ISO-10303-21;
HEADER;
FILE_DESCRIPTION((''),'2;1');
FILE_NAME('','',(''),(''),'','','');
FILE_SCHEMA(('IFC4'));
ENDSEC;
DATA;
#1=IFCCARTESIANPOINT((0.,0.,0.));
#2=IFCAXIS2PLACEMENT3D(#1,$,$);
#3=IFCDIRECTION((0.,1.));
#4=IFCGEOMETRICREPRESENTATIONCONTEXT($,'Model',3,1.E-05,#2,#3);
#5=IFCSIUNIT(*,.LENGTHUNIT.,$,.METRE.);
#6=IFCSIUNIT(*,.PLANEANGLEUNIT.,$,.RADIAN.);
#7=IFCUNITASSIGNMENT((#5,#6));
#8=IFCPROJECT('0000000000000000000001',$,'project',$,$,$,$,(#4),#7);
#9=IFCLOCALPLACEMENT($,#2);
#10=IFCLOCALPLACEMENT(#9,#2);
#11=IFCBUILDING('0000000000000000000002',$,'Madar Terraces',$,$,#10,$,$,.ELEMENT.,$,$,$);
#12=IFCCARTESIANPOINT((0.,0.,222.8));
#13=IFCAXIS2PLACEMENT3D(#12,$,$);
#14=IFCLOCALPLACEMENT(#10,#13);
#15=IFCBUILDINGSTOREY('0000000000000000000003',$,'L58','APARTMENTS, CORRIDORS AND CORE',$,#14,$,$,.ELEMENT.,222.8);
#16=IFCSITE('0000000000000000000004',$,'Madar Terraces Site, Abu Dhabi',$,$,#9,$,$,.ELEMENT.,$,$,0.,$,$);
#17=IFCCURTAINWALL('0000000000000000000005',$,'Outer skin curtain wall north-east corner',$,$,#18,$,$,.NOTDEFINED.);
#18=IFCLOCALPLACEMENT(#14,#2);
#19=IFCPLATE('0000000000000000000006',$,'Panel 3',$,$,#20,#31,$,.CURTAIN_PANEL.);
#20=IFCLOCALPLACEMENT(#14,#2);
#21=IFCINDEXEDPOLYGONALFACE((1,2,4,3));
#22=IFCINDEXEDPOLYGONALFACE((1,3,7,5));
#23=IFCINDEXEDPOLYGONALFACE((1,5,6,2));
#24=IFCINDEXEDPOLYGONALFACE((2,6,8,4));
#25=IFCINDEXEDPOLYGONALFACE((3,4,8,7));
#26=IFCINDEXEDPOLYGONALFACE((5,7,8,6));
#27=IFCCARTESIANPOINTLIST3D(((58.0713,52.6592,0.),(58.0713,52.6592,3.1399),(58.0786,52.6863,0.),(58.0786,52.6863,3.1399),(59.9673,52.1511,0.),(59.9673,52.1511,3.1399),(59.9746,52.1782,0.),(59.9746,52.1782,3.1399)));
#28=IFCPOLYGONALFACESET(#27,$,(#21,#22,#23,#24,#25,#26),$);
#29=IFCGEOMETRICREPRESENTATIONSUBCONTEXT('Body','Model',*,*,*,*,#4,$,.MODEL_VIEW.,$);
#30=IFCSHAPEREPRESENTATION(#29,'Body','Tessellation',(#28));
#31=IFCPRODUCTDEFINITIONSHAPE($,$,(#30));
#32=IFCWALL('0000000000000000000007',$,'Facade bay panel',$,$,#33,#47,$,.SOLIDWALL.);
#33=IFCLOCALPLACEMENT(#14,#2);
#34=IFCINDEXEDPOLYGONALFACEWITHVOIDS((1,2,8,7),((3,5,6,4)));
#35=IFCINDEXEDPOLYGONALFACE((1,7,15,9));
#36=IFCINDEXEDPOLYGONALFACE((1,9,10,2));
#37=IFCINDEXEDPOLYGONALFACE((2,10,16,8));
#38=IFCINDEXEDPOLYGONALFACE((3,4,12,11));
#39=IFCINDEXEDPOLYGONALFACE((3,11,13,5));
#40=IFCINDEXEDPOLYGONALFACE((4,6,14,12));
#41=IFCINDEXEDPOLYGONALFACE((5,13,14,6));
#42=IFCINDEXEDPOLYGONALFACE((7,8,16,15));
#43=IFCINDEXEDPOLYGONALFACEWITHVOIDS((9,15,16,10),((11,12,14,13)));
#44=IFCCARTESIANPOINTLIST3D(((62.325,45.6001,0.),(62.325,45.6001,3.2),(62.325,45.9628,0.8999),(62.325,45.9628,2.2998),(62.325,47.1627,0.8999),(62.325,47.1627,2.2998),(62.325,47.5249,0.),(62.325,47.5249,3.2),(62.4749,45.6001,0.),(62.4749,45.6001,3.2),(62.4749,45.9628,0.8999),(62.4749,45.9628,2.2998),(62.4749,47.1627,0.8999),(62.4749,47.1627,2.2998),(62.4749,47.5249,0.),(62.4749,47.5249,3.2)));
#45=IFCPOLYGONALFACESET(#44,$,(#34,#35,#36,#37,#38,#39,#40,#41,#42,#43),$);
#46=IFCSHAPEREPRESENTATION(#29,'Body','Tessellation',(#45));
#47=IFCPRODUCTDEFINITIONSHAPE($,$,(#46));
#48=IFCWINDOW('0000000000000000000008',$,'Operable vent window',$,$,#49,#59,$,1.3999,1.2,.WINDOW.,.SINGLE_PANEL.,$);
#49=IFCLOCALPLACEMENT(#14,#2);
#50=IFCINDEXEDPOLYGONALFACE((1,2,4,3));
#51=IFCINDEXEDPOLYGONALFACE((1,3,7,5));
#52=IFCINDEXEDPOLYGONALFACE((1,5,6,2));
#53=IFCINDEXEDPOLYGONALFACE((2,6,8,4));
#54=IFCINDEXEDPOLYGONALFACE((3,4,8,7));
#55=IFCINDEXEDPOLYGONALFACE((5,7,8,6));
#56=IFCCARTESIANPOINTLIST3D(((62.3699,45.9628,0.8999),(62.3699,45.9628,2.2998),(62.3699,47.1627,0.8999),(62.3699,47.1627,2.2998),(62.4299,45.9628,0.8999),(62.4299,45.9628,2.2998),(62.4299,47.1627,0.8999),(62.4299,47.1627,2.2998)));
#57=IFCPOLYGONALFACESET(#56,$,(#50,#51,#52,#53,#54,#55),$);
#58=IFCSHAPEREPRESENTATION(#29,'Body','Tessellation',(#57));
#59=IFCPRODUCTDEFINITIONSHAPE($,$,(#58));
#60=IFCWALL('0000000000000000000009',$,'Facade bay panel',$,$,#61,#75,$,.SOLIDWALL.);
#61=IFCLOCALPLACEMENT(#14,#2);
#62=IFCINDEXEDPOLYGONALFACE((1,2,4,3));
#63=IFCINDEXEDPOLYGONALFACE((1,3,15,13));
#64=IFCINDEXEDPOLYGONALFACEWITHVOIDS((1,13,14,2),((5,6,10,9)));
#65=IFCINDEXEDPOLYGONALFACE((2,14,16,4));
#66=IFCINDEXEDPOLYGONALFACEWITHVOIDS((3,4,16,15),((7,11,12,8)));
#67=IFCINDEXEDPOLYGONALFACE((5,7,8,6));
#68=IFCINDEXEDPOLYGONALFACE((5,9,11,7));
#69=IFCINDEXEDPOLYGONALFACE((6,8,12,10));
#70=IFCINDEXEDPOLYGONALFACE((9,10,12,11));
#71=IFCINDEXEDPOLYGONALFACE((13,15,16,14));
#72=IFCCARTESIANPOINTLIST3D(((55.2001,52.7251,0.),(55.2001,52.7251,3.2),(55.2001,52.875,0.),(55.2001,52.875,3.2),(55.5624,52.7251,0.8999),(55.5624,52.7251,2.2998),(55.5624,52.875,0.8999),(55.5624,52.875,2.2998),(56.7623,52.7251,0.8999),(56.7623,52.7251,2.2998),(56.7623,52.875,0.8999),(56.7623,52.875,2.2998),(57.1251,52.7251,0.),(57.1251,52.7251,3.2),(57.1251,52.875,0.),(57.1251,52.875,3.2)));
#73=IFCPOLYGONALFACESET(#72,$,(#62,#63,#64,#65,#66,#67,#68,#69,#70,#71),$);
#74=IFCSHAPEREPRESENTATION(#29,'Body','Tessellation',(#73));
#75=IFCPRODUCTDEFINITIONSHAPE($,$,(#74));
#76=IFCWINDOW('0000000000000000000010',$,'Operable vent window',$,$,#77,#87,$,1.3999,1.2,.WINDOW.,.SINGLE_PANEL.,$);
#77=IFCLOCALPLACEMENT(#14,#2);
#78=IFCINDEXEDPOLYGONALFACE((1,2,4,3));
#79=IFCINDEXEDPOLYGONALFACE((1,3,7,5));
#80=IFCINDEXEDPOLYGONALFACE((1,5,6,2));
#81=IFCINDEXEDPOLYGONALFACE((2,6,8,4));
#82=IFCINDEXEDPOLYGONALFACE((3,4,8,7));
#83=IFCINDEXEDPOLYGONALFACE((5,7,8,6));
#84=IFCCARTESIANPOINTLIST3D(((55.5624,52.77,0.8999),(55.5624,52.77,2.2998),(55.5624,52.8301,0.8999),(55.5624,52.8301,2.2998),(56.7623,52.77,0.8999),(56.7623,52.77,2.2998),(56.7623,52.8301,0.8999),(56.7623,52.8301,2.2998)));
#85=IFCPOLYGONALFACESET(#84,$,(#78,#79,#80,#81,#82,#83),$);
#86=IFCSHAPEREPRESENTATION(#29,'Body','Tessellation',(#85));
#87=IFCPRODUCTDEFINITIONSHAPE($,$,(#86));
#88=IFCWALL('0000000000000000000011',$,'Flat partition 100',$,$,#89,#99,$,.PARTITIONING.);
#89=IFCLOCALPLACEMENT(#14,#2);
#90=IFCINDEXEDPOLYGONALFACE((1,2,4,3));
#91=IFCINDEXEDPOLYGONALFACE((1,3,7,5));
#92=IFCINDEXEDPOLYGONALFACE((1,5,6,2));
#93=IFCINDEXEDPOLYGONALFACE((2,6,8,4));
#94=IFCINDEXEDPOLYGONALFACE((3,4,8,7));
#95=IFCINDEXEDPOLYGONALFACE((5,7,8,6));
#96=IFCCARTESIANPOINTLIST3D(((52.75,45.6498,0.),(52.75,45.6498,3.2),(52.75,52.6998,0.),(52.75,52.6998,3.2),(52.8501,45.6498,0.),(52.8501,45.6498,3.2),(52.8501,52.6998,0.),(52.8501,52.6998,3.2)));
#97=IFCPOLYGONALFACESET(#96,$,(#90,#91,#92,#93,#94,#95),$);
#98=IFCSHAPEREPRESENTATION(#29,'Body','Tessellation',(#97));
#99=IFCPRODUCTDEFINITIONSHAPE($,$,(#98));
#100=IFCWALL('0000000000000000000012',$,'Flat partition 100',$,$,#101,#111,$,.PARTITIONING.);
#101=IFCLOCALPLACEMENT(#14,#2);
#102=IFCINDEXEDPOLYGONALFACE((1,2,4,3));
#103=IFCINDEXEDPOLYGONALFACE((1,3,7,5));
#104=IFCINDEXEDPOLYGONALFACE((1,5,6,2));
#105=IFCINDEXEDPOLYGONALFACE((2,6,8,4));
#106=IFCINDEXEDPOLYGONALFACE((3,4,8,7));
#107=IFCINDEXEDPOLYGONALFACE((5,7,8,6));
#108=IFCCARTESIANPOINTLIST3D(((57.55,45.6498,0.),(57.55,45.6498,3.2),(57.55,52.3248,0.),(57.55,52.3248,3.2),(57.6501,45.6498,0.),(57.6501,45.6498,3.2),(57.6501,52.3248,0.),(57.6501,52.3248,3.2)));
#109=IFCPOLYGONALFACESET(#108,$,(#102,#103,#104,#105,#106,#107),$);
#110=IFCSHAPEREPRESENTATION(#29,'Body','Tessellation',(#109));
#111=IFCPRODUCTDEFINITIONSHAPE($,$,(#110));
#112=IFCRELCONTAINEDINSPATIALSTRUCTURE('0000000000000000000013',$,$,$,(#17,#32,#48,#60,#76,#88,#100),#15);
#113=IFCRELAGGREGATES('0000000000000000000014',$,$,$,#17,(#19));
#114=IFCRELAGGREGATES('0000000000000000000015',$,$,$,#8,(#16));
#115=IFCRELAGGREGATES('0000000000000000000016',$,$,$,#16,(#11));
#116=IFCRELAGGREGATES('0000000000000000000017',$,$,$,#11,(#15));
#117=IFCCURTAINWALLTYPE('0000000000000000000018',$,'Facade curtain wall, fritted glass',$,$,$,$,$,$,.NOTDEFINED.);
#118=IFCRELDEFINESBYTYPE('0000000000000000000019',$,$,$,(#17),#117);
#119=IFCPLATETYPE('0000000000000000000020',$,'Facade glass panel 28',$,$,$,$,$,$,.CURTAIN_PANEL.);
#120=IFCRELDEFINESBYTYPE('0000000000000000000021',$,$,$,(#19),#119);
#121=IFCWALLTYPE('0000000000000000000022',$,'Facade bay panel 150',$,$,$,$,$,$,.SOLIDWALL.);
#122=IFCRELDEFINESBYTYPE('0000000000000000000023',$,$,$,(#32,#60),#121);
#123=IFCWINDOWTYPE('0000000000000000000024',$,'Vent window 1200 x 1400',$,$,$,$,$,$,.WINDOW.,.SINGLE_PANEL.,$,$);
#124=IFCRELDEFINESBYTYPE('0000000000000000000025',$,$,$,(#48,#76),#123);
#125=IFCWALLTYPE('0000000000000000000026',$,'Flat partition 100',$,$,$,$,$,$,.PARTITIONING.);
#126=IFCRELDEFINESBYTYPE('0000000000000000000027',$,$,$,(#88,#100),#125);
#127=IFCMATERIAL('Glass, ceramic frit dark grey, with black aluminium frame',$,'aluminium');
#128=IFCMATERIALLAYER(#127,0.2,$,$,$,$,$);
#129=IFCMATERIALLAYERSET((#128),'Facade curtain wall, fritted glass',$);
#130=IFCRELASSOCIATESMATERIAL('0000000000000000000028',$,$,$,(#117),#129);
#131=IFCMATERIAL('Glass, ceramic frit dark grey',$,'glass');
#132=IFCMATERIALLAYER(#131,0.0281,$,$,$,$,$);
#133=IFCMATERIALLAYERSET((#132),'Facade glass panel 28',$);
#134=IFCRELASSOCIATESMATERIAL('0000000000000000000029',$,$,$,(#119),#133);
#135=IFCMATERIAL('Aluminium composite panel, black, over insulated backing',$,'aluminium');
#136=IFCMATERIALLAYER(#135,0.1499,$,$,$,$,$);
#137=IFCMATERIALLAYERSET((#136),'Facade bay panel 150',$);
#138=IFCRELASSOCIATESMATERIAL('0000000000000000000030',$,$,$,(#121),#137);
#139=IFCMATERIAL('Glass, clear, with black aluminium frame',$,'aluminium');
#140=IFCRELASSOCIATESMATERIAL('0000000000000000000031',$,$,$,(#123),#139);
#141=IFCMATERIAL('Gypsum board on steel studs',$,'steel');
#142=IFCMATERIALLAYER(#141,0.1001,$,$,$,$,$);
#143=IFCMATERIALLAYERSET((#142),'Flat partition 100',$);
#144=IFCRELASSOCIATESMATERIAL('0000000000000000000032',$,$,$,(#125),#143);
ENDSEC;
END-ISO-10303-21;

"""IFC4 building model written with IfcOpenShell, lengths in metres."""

from ifc_helpers import new_model, si_unit, direction, frame, frame_2d, origin, origin_2d, place, context, subcontext, project, spatial, rectangle, extrude, material, layer, layer_set, type_object, element, fill, aggregate, save


model = new_model("IFC4")

# Units and contexts
model_context = context("Model", 3, precision=1e-05, world=origin(), true_north=direction((0.0, 1.0)))
body_context = subcontext(model_context, "Body", "Model", "MODEL_VIEW")
ifc_project = project(units=[si_unit("LENGTHUNIT", "METRE"), si_unit("PLANEANGLEUNIT", "RADIAN")], contexts=[model_context])

# Site, building, storey
site_placement = place(None, origin())
site = spatial("IfcSite", under=ifc_project, at=site_placement, Name="Madar Terraces Site, Abu Dhabi", CompositionType="ELEMENT", RefElevation=0.0)
building_placement = place(site_placement, origin())
building = spatial("IfcBuilding", under=site, at=building_placement, Name="Madar Terraces", CompositionType="ELEMENT")
storey_placement = place(building_placement, frame((0.0, 0.0, 222.8)))
storey = spatial("IfcBuildingStorey", under=building, at=storey_placement, Name="L58", Description="APARTMENTS, CORRIDORS AND CORE", CompositionType="ELEMENT", Elevation=222.8)

# Shared definitions
ifc_material_1 = material(Name="Glass, ceramic frit dark grey, with black aluminium frame", Category="aluminium")
ifc_layer_1 = layer(ifc_material_1, 0.2)
ifc_layer_set_1 = layer_set([ifc_layer_1], Name="Facade curtain wall, fritted glass")
curtain_wall_type = type_object("IfcCurtainWallType", Name="Facade curtain wall, fritted glass", PredefinedType="NOTDEFINED", material=ifc_layer_set_1)

# Curtain wall
curtain_wall_1_placement = place(storey_placement, origin())
curtain_wall_1 = element("IfcCurtainWall", 1, at=curtain_wall_1_placement, inside=storey, type_object=curtain_wall_type, Name="Outer skin curtain wall north-east corner", PredefinedType="NOTDEFINED")

# Shared definitions
ifc_material_2 = material(Name="Glass, ceramic frit dark grey", Category="glass")
ifc_layer_2 = layer(ifc_material_2, 0.0281)
ifc_layer_set_2 = layer_set([ifc_layer_2], Name="Facade glass panel 28")
plate_type = type_object("IfcPlateType", Name="Facade glass panel 28", PredefinedType="CURTAIN_PANEL", material=ifc_layer_set_2)

# Plate
plate_1_placement = place(storey_placement, frame((59.0229, 52.4187, 0.0), z_axis=(0.0, 0.0, 1.0), x_axis=(-0.965926, 0.258819, 0.0)))
plate_1 = element("IfcPlate", 2, at=plate_1_placement, type_object=plate_type, Name="Panel 3", PredefinedType="CURTAIN_PANEL", context=body_context, shape_type="SweptSolid", body=[
    extrude(rectangle(XDim=1.9629, YDim=0.0281, at=origin_2d()), origin(), (0.0, 0.0, 1.0), 3.1399),
])
aggregate(curtain_wall_1, [plate_1])

# Walls, openings, windows
ifc_material_3 = material(Name="Aluminium composite panel, black, over insulated backing", Category="aluminium")
ifc_layer_3 = layer(ifc_material_3, 0.1499)
ifc_layer_set_3 = layer_set([ifc_layer_3], Name="Facade bay panel 150")
wall_type_1 = type_object("IfcWallType", Name="Facade bay panel 150", PredefinedType="SOLIDWALL", material=ifc_layer_set_3)
wall_1_placement = place(storey_placement, frame((62.3999, 45.6001, 0.0), z_axis=(0.0, 0.0, 1.0), x_axis=(0.0, 1.0, 0.0)))
wall_1 = element("IfcWall", 3, at=wall_1_placement, inside=storey, type_object=wall_type_1, Name="Facade bay panel", PredefinedType="SOLIDWALL", context=body_context, shape_type="SweptSolid", body=[
    extrude(rectangle(XDim=1.9248, YDim=0.1499, at=frame_2d((0.9624, 0.0))), origin(), (0.0, 0.0, 1.0), 3.2),
])
opening_1_placement = place(wall_1_placement, frame((0.3625, 0.0, 0.8999)))
opening_1 = element("IfcOpeningElement", 4, at=opening_1_placement, cuts=wall_1, PredefinedType="OPENING", context=body_context, shape_type="SweptSolid", body=[
    extrude(rectangle(XDim=1.2, YDim=1.3999, at=frame_2d((0.6001, 0.7))), frame((0.0, 0.085, 0.0), z_axis=(0.0, -1.0, 0.0), x_axis=(1.0, 0.0, 0.0)), (0.0, 0.0, 1.0), 0.1699),
])
ifc_material_4 = material(Name="Glass, clear, with black aluminium frame", Category="aluminium")
window_type = type_object("IfcWindowType", Name="Vent window 1200 x 1400", PartitioningType="SINGLE_PANEL", PredefinedType="WINDOW", material=ifc_material_4)
window_1_placement = place(opening_1_placement, origin())
window_1 = element("IfcWindow", 5, at=window_1_placement, inside=storey, type_object=window_type, Name="Operable vent window", OverallHeight=1.3999, OverallWidth=1.2, PartitioningType="SINGLE_PANEL", PredefinedType="WINDOW", context=body_context, shape_type="SweptSolid", body=[
    extrude(rectangle(XDim=1.2, YDim=1.3999, at=frame_2d((0.6001, 0.7))), frame((0.0, 0.03, 0.0), z_axis=(0.0, -1.0, 0.0), x_axis=(1.0, 0.0, 0.0)), (0.0, 0.0, 1.0), 0.0601),
])
fill(opening_1, window_1)
wall_2_placement = place(storey_placement, frame((57.125, 52.8, 0.0), z_axis=(0.0, 0.0, 1.0), x_axis=(-1.0, 0.0, 0.0)))
wall_2 = element("IfcWall", 6, at=wall_2_placement, inside=storey, type_object=wall_type_1, Name="Facade bay panel", PredefinedType="SOLIDWALL", context=body_context, shape_type="SweptSolid", body=[
    extrude(rectangle(XDim=1.925, YDim=0.1499, at=frame_2d((0.9624, 0.0))), origin(), (0.0, 0.0, 1.0), 3.2),
])
opening_2_placement = place(wall_2_placement, frame((0.3625, 0.0, 0.8999)))
opening_2 = element("IfcOpeningElement", 7, at=opening_2_placement, cuts=wall_2, PredefinedType="OPENING", context=body_context, shape_type="SweptSolid", body=[
    extrude(rectangle(XDim=1.2, YDim=1.3999, at=frame_2d((0.6001, 0.7))), frame((0.0, 0.085, 0.0), z_axis=(0.0, -1.0, 0.0), x_axis=(1.0, 0.0, 0.0)), (0.0, 0.0, 1.0), 0.1699),
])
window_2_placement = place(opening_2_placement, origin())
window_2 = element("IfcWindow", 8, at=window_2_placement, inside=storey, type_object=window_type, Name="Operable vent window", OverallHeight=1.3999, OverallWidth=1.2, PartitioningType="SINGLE_PANEL", PredefinedType="WINDOW", context=body_context, shape_type="SweptSolid", body=[
    extrude(rectangle(XDim=1.2, YDim=1.3999, at=frame_2d((0.6001, 0.7))), frame((0.0, 0.03, 0.0), z_axis=(0.0, -1.0, 0.0), x_axis=(1.0, 0.0, 0.0)), (0.0, 0.0, 1.0), 0.0601),
])
fill(opening_2, window_2)

# Walls
ifc_material_5 = material(Name="Gypsum board on steel studs", Category="steel")
ifc_layer_4 = layer(ifc_material_5, 0.1001)
ifc_layer_set_4 = layer_set([ifc_layer_4], Name="Flat partition 100")
wall_type_2 = type_object("IfcWallType", Name="Flat partition 100", PredefinedType="PARTITIONING", material=ifc_layer_set_4)
wall_3_placement = place(storey_placement, frame((52.8, 45.6499, 0.0), z_axis=(0.0, 0.0, 1.0), x_axis=(0.0, 1.0, 0.0)))
element("IfcWall", 9, at=wall_3_placement, inside=storey, type_object=wall_type_2, Name="Flat partition 100", PredefinedType="PARTITIONING", context=body_context, shape_type="SweptSolid", body=[
    extrude(rectangle(XDim=7.05, YDim=0.1001, at=frame_2d((3.5249, 0.0))), origin(), (0.0, 0.0, 1.0), 3.2),
])
wall_4_placement = place(storey_placement, frame((57.6001, 45.6499, 0.0), z_axis=(0.0, 0.0, 1.0), x_axis=(0.0, 1.0, 0.0)))
element("IfcWall", 10, at=wall_4_placement, inside=storey, type_object=wall_type_2, Name="Flat partition 100", PredefinedType="PARTITIONING", context=body_context, shape_type="SweptSolid", body=[
    extrude(rectangle(XDim=6.675, YDim=0.1001, at=frame_2d((3.3374, 0.0))), origin(), (0.0, 0.0, 1.0), 3.2),
])

save(model, "model.ifc")
